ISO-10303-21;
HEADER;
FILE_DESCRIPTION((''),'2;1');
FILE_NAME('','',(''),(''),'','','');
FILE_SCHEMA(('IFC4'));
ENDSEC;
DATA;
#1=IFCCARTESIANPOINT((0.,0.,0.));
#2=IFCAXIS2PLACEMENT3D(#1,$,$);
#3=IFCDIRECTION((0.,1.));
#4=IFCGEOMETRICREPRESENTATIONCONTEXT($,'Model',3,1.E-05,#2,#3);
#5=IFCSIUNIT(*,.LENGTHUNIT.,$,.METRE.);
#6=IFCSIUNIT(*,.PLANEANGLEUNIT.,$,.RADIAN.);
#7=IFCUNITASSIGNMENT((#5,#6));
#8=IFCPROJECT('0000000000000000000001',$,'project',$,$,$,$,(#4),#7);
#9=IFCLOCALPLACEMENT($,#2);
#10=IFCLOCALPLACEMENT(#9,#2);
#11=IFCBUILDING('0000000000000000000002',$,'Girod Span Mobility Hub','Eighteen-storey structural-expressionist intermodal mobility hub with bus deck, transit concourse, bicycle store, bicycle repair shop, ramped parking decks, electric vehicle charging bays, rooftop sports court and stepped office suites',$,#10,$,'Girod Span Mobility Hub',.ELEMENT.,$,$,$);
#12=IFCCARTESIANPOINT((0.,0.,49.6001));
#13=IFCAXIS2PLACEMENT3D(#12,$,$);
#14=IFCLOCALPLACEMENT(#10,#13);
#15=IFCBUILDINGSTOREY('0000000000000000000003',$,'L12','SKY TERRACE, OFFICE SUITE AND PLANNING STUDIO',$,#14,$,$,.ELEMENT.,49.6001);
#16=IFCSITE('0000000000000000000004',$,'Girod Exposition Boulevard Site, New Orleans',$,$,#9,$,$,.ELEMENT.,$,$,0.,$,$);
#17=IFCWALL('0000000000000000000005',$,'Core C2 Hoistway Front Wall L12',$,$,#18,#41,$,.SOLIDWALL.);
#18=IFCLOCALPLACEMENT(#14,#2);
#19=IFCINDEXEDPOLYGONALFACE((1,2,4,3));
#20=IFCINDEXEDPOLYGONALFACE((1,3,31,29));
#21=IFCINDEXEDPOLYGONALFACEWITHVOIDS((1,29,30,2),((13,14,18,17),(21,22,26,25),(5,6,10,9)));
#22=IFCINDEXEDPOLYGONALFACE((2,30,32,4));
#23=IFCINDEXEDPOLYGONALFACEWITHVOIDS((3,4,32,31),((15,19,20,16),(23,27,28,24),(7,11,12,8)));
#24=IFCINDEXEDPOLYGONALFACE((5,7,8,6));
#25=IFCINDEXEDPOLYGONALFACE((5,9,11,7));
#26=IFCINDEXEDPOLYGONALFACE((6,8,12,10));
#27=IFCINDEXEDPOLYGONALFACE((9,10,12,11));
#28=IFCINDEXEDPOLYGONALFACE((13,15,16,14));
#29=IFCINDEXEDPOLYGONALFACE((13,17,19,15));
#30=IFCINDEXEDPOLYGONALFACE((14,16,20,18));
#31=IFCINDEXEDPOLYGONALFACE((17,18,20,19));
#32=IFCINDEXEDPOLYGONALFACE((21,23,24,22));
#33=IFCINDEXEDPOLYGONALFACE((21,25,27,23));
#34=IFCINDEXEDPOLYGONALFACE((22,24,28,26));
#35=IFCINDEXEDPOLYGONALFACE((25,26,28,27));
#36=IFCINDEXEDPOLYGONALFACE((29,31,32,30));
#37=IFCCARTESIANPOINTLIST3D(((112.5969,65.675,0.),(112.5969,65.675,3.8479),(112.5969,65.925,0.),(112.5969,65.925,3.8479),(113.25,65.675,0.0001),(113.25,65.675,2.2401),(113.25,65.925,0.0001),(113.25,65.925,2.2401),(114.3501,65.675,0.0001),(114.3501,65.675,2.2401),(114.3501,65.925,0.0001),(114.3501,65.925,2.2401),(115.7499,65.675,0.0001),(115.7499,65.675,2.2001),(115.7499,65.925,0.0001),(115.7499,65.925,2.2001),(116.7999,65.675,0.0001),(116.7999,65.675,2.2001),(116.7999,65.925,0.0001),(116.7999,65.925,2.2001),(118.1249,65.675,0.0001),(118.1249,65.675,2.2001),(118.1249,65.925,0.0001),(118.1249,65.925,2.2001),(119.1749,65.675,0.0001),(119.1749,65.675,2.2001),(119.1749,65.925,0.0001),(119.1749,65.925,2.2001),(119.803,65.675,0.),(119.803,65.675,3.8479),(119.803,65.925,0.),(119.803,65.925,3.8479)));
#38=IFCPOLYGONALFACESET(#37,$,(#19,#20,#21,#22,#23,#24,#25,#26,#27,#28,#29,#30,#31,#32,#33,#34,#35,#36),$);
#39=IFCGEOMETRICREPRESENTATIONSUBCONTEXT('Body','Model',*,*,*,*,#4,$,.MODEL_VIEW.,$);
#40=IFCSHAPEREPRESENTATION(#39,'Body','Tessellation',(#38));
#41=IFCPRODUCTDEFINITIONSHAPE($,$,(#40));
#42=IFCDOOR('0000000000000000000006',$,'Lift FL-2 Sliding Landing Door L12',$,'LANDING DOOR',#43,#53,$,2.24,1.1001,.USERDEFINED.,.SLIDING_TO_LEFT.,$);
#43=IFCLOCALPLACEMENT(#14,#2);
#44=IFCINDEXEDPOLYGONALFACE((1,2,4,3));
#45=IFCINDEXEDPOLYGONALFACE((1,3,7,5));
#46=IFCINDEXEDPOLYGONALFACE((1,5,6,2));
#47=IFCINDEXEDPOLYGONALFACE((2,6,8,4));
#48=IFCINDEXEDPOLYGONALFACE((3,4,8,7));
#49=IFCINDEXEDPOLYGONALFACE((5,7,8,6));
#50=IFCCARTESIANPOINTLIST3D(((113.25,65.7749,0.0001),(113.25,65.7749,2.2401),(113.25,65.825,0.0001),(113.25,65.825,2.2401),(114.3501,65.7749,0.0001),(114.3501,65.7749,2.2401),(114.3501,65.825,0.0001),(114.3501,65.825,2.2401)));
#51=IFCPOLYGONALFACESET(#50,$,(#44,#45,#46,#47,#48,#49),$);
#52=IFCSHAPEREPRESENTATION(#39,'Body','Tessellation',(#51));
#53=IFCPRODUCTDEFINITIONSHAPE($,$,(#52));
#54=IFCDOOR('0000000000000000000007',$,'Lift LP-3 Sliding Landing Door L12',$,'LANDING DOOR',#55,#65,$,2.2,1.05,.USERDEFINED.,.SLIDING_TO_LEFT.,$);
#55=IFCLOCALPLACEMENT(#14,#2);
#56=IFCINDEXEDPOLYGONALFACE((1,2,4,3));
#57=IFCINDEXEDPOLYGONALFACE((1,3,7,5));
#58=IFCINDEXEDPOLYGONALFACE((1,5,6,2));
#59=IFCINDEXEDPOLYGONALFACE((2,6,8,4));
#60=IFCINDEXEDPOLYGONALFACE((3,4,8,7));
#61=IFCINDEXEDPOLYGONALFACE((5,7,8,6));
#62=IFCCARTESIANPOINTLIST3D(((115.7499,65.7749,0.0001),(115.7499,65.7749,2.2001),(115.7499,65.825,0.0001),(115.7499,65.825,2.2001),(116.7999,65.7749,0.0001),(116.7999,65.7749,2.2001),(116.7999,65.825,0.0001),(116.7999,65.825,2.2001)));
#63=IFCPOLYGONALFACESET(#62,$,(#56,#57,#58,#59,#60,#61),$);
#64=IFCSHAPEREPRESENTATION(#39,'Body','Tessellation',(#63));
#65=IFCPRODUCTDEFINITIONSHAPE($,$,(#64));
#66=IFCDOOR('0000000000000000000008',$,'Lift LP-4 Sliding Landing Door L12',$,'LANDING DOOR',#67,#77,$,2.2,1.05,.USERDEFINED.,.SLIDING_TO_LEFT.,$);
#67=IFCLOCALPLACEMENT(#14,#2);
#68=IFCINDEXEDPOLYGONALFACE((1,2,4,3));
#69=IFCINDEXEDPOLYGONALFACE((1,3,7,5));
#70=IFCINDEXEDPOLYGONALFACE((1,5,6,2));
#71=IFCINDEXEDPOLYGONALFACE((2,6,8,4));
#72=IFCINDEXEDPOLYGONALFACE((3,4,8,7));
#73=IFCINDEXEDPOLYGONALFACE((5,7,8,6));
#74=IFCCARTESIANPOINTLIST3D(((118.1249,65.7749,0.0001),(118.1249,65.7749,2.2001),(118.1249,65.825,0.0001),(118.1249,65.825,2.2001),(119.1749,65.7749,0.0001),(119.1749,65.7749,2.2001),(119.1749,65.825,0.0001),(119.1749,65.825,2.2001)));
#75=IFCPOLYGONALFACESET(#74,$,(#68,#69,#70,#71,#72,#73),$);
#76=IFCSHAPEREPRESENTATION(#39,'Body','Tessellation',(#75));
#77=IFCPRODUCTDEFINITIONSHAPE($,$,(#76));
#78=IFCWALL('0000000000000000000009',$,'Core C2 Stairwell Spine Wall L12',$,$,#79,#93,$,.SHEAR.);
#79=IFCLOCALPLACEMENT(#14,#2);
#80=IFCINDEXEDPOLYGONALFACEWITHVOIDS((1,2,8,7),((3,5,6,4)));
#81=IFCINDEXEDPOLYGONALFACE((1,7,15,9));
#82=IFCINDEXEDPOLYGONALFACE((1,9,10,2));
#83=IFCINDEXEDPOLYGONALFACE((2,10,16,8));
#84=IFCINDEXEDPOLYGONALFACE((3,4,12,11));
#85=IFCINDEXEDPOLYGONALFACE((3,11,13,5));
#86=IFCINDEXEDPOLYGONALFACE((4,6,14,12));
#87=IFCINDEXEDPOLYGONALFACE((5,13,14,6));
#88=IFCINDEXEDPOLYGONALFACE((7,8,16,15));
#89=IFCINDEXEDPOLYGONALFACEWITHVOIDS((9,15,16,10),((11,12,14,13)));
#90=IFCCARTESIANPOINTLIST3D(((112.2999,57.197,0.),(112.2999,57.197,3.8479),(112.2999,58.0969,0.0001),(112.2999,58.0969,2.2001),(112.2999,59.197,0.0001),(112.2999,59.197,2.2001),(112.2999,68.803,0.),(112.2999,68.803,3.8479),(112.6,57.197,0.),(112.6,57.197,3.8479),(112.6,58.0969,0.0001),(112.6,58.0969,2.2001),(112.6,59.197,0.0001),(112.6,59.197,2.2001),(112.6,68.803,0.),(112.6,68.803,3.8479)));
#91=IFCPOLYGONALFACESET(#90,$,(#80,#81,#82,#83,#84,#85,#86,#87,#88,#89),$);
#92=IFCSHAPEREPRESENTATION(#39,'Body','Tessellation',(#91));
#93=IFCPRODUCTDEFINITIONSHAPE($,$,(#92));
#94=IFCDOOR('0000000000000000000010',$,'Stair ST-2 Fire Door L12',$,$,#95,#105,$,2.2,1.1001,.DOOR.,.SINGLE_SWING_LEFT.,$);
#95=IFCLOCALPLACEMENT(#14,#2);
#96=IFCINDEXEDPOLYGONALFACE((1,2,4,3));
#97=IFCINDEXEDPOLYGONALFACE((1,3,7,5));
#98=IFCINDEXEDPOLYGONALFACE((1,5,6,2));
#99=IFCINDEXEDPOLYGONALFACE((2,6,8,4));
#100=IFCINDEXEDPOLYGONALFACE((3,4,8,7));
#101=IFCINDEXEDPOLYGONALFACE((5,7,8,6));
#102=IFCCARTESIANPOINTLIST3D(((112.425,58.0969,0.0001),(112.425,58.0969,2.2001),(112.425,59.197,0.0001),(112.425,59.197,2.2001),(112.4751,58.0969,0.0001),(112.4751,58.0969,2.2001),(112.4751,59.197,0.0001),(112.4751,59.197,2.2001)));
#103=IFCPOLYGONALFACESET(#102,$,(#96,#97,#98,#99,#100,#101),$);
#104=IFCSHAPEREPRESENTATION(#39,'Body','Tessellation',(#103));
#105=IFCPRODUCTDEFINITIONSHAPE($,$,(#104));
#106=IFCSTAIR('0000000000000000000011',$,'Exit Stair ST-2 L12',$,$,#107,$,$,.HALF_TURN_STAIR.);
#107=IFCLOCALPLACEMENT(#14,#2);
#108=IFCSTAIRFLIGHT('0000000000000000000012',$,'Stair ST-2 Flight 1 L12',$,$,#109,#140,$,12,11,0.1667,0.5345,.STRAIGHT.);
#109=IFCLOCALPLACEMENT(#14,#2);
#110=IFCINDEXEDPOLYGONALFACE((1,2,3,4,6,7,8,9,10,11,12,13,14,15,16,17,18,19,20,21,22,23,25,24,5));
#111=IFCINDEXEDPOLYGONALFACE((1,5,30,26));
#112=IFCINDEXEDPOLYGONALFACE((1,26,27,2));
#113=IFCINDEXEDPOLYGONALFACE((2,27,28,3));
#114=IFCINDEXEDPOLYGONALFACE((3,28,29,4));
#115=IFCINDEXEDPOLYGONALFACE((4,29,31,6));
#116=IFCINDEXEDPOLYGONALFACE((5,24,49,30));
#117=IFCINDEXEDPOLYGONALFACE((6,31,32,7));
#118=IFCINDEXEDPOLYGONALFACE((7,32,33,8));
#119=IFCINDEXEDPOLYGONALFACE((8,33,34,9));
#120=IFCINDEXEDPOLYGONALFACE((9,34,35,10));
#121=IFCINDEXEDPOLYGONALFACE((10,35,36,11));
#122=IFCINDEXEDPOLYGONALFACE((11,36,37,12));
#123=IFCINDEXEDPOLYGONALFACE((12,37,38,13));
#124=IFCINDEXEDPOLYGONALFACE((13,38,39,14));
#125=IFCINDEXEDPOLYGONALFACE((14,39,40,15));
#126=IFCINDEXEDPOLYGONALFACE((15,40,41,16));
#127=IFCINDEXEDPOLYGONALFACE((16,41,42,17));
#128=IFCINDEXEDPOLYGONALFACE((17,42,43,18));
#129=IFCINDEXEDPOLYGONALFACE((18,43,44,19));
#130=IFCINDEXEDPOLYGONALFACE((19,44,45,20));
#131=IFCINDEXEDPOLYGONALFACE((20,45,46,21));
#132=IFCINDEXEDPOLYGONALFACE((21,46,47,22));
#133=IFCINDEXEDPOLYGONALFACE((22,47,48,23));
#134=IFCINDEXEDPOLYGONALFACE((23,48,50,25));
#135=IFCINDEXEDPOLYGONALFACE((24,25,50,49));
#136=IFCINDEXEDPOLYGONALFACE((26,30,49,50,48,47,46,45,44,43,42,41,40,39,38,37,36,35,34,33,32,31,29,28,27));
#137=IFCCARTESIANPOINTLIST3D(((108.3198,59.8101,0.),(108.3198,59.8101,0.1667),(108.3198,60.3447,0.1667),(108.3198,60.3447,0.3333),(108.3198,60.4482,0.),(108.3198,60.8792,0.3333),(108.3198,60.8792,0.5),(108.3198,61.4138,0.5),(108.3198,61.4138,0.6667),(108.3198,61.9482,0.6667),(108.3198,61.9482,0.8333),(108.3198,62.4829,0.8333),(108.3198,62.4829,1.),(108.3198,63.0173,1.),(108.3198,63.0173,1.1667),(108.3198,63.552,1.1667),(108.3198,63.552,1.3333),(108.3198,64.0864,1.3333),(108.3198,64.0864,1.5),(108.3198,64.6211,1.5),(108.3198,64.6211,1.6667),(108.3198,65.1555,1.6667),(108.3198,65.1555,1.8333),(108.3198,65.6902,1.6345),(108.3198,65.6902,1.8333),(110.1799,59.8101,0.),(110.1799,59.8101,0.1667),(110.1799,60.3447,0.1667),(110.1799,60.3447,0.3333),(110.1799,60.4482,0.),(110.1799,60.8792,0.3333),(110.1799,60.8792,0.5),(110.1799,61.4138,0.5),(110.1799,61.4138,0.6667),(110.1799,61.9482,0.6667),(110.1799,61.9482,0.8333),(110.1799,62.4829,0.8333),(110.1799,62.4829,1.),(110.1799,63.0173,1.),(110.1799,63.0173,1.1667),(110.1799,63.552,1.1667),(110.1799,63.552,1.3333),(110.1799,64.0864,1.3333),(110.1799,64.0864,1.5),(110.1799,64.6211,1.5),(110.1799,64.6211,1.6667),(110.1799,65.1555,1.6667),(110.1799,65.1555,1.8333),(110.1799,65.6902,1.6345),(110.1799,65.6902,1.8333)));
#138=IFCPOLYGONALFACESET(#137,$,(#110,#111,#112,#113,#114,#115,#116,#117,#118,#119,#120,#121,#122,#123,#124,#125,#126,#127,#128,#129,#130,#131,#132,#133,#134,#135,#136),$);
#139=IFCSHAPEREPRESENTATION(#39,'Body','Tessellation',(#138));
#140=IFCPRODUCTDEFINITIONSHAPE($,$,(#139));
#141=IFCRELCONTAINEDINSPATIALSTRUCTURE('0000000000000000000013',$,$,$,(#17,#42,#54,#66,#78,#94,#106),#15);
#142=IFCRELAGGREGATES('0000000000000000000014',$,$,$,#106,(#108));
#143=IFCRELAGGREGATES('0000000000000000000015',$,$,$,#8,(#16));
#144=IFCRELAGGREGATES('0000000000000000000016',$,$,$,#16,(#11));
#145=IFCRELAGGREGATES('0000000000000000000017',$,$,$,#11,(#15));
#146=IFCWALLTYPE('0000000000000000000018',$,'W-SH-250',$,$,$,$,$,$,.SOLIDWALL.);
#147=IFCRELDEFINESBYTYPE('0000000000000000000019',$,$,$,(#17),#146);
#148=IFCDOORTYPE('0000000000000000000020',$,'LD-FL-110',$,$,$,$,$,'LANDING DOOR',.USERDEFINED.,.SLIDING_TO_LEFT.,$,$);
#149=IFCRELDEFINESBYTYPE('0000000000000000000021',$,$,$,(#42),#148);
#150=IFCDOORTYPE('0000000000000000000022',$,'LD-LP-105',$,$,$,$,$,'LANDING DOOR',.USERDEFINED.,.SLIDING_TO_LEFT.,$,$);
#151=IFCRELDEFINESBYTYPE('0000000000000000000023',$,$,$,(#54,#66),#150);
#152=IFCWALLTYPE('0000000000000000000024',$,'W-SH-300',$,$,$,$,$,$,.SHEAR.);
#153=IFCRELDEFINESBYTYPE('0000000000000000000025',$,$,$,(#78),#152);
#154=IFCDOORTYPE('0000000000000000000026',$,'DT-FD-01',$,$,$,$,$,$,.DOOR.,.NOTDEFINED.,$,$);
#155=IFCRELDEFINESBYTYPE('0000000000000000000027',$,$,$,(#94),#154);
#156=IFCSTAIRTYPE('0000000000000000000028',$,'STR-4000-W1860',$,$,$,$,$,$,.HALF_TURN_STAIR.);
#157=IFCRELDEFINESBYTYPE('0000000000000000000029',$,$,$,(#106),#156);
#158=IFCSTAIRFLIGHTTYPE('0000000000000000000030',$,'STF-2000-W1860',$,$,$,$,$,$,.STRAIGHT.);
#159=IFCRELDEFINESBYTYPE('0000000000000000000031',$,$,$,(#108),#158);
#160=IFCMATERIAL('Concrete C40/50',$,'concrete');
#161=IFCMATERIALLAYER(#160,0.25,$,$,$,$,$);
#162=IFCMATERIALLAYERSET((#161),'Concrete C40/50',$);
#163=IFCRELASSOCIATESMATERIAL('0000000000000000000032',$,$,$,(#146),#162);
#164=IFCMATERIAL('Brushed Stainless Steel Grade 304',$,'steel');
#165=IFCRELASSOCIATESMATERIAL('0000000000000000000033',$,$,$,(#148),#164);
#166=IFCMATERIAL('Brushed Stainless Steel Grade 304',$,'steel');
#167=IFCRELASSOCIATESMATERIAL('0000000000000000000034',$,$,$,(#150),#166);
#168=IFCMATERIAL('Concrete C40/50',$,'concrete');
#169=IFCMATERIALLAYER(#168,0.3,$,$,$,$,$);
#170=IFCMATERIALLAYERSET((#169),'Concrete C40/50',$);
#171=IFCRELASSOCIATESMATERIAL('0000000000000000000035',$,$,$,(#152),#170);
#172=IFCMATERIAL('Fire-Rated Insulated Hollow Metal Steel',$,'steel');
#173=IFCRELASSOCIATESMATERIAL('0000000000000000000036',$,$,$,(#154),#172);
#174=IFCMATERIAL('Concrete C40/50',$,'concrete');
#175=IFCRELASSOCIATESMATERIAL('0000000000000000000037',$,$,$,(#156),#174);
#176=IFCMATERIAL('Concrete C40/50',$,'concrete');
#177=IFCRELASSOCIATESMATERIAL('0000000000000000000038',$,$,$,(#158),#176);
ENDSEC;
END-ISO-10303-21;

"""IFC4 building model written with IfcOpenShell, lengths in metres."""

from ifc_helpers import new_model, si_unit, direction, frame, frame_2d, origin, place, context, subcontext, project, spatial, polyline, rectangle, outline, extrude, material, layer, layer_set, type_object, element, fill, aggregate, save


model = new_model("IFC4")

# Units and contexts
model_context = context("Model", 3, precision=1e-05, world=origin(), true_north=direction((0.0, 1.0)))
body_context = subcontext(model_context, "Body", "Model", "MODEL_VIEW")
ifc_project = project(units=[si_unit("LENGTHUNIT", "METRE"), si_unit("PLANEANGLEUNIT", "RADIAN")], contexts=[model_context])

# Site, building, storey
site_placement = place(None, origin())
site = spatial("IfcSite", under=ifc_project, at=site_placement, Name="Girod Exposition Boulevard Site, New Orleans", CompositionType="ELEMENT", RefElevation=0.0)
building_placement = place(site_placement, origin())
building = spatial("IfcBuilding", under=site, at=building_placement, Name="Girod Span Mobility Hub", Description="Eighteen-storey structural-expressionist intermodal mobility hub with bus deck, transit concourse, bicycle store, bicycle repair shop, ramped parking decks, electric vehicle charging bays, rooftop sports court and stepped office suites", LongName="Girod Span Mobility Hub", CompositionType="ELEMENT")
storey_placement = place(building_placement, frame((0.0, 0.0, 49.6001)))
storey = spatial("IfcBuildingStorey", under=building, at=storey_placement, Name="L12", Description="SKY TERRACE, OFFICE SUITE AND PLANNING STUDIO", CompositionType="ELEMENT", Elevation=49.6001)

# Wall, openings, doors
ifc_material_1 = material(Name="Concrete C40/50", Category="concrete")
ifc_layer_1 = layer(ifc_material_1, 0.25)
ifc_layer_set_1 = layer_set([ifc_layer_1], Name="Concrete C40/50")
wall_type_1 = type_object("IfcWallType", Name="W-SH-250", PredefinedType="SOLIDWALL", material=ifc_layer_set_1)
wall_1_placement = place(storey_placement, frame((112.5969, 65.8, 0.0), z_axis=(0.0, 0.0, 1.0), x_axis=(1.0, 0.0, 0.0)))
wall_1 = element("IfcWall", 1, at=wall_1_placement, inside=storey, type_object=wall_type_1, Name="Core C2 Hoistway Front Wall L12", PredefinedType="SOLIDWALL", context=body_context, shape_type="SweptSolid", body=[
    extrude(rectangle(XDim=7.2061, YDim=0.25, at=frame_2d((3.603, 0.0))), origin(), (0.0, 0.0, 1.0), 3.8479),
])
opening_1_placement = place(wall_1_placement, frame((0.6531, 0.0, 0.0)))
opening_1 = element("IfcOpeningElement", 2, at=opening_1_placement, cuts=wall_1, PredefinedType="OPENING", context=body_context, shape_type="SweptSolid", body=[
    extrude(rectangle(XDim=1.1001, YDim=2.24, at=frame_2d((0.55, 1.1201))), frame((0.0, 0.1399, 0.0), z_axis=(0.0, -1.0, 0.0), x_axis=(1.0, 0.0, 0.0)), (0.0, 0.0, 1.0), 0.28),
])
opening_2_placement = place(wall_1_placement, frame((3.1531, 0.0, 0.0)))
opening_2 = element("IfcOpeningElement", 3, at=opening_2_placement, cuts=wall_1, PredefinedType="OPENING", context=body_context, shape_type="SweptSolid", body=[
    extrude(rectangle(XDim=1.05, YDim=2.2, at=frame_2d((0.5249, 1.1001))), frame((0.0, 0.1399, 0.0), z_axis=(0.0, -1.0, 0.0), x_axis=(1.0, 0.0, 0.0)), (0.0, 0.0, 1.0), 0.28),
])
opening_3_placement = place(wall_1_placement, frame((5.5281, 0.0, 0.0)))
opening_3 = element("IfcOpeningElement", 4, at=opening_3_placement, cuts=wall_1, PredefinedType="OPENING", context=body_context, shape_type="SweptSolid", body=[
    extrude(rectangle(XDim=1.05, YDim=2.2, at=frame_2d((0.5249, 1.1001))), frame((0.0, 0.1399, 0.0), z_axis=(0.0, -1.0, 0.0), x_axis=(1.0, 0.0, 0.0)), (0.0, 0.0, 1.0), 0.28),
])
ifc_material_2 = material(Name="Brushed Stainless Steel Grade 304", Category="steel")
door_type_1 = type_object("IfcDoorType", Name="LD-FL-110", ElementType="LANDING DOOR", OperationType="SLIDING_TO_LEFT", PredefinedType="USERDEFINED", material=ifc_material_2)
door_1_placement = place(opening_1_placement, origin())
door_1 = element("IfcDoor", 5, at=door_1_placement, inside=storey, type_object=door_type_1, Name="Lift FL-2 Sliding Landing Door L12", ObjectType="LANDING DOOR", OperationType="SLIDING_TO_LEFT", OverallHeight=2.24, OverallWidth=1.1001, PredefinedType="USERDEFINED", context=body_context, shape_type="SweptSolid", body=[
    extrude(rectangle(XDim=1.1001, YDim=2.24, at=frame_2d((0.55, 1.1201))), frame((0.0, 0.0249, 0.0), z_axis=(0.0, -1.0, 0.0), x_axis=(1.0, 0.0, 0.0)), (0.0, 0.0, 1.0), 0.05),
])
fill(opening_1, door_1)
ifc_material_3 = material(Name="Brushed Stainless Steel Grade 304", Category="steel")
door_type_2 = type_object("IfcDoorType", Name="LD-LP-105", ElementType="LANDING DOOR", OperationType="SLIDING_TO_LEFT", PredefinedType="USERDEFINED", material=ifc_material_3)
door_2_placement = place(opening_2_placement, origin())
door_2 = element("IfcDoor", 6, at=door_2_placement, inside=storey, type_object=door_type_2, Name="Lift LP-3 Sliding Landing Door L12", ObjectType="LANDING DOOR", OperationType="SLIDING_TO_LEFT", OverallHeight=2.2, OverallWidth=1.05, PredefinedType="USERDEFINED", context=body_context, shape_type="SweptSolid", body=[
    extrude(rectangle(XDim=1.05, YDim=2.2, at=frame_2d((0.5249, 1.1001))), frame((0.0, 0.0249, 0.0), z_axis=(0.0, -1.0, 0.0), x_axis=(1.0, 0.0, 0.0)), (0.0, 0.0, 1.0), 0.05),
])
fill(opening_2, door_2)
door_3_placement = place(opening_3_placement, origin())
door_3 = element("IfcDoor", 7, at=door_3_placement, inside=storey, type_object=door_type_2, Name="Lift LP-4 Sliding Landing Door L12", ObjectType="LANDING DOOR", OperationType="SLIDING_TO_LEFT", OverallHeight=2.2, OverallWidth=1.05, PredefinedType="USERDEFINED", context=body_context, shape_type="SweptSolid", body=[
    extrude(rectangle(XDim=1.05, YDim=2.2, at=frame_2d((0.5249, 1.1001))), frame((0.0, 0.0249, 0.0), z_axis=(0.0, -1.0, 0.0), x_axis=(1.0, 0.0, 0.0)), (0.0, 0.0, 1.0), 0.05),
])
fill(opening_3, door_3)

# Wall, opening, door
ifc_material_4 = material(Name="Concrete C40/50", Category="concrete")
ifc_layer_2 = layer(ifc_material_4, 0.3)
ifc_layer_set_2 = layer_set([ifc_layer_2], Name="Concrete C40/50")
wall_type_2 = type_object("IfcWallType", Name="W-SH-300", PredefinedType="SHEAR", material=ifc_layer_set_2)
wall_2_placement = place(storey_placement, frame((112.45, 57.197, 0.0), z_axis=(0.0, 0.0, 1.0), x_axis=(0.0, 1.0, 0.0)))
wall_2 = element("IfcWall", 8, at=wall_2_placement, inside=storey, type_object=wall_type_2, Name="Core C2 Stairwell Spine Wall L12", PredefinedType="SHEAR", context=body_context, shape_type="SweptSolid", body=[
    extrude(rectangle(XDim=11.606, YDim=0.3, at=frame_2d((5.803, 0.0))), origin(), (0.0, 0.0, 1.0), 3.8479),
])
opening_4_placement = place(wall_2_placement, frame((0.8999, 0.0, 0.0)))
opening_4 = element("IfcOpeningElement", 9, at=opening_4_placement, cuts=wall_2, PredefinedType="OPENING", context=body_context, shape_type="SweptSolid", body=[
    extrude(rectangle(XDim=1.1001, YDim=2.2, at=frame_2d((0.55, 1.1001))), frame((0.0, 0.165, 0.0), z_axis=(0.0, -1.0, 0.0), x_axis=(1.0, 0.0, 0.0)), (0.0, 0.0, 1.0), 0.3301),
])
ifc_material_5 = material(Name="Fire-Rated Insulated Hollow Metal Steel", Category="steel")
door_type_3 = type_object("IfcDoorType", Name="DT-FD-01", OperationType="NOTDEFINED", PredefinedType="DOOR", material=ifc_material_5)
door_4_placement = place(opening_4_placement, origin())
door_4 = element("IfcDoor", 10, at=door_4_placement, inside=storey, type_object=door_type_3, Name="Stair ST-2 Fire Door L12", OperationType="SINGLE_SWING_LEFT", OverallHeight=2.2, OverallWidth=1.1001, PredefinedType="DOOR", context=body_context, shape_type="SweptSolid", body=[
    extrude(rectangle(XDim=1.1001, YDim=2.2, at=frame_2d((0.55, 1.1001))), frame((0.0, 0.0249, 0.0), z_axis=(0.0, -1.0, 0.0), x_axis=(1.0, 0.0, 0.0)), (0.0, 0.0, 1.0), 0.05),
])
fill(opening_4, door_4)

# Stair, stair flight
ifc_material_6 = material(Name="Concrete C40/50", Category="concrete")
stair_type = type_object("IfcStairType", Name="STR-4000-W1860", PredefinedType="HALF_TURN_STAIR", material=ifc_material_6)
stair_placement = place(storey_placement, origin())
stair = element("IfcStair", 11, at=stair_placement, inside=storey, type_object=stair_type, Name="Exit Stair ST-2 L12", PredefinedType="HALF_TURN_STAIR")
ifc_material_7 = material(Name="Concrete C40/50", Category="concrete")
stair_flight_type = type_object("IfcStairFlightType", Name="STF-2000-W1860", PredefinedType="STRAIGHT", material=ifc_material_7)
stair_flight_1_placement = place(storey_placement, frame((109.25, 59.8101, 0.0), z_axis=(0.0, 0.0, 1.0), x_axis=(0.0, 1.0, 0.0)))
stair_flight_1 = element("IfcStairFlight", 12, at=stair_flight_1_placement, type_object=stair_flight_type, Name="Stair ST-2 Flight 1 L12", NumberOfRisers=12, NumberOfTreads=11, PredefinedType="STRAIGHT", RiserHeight=0.1667, TreadLength=0.5345, context=body_context, shape_type="SweptSolid", body=[
    extrude(outline(polyline([(0.0, 0.0), (0.0, 0.1667), (0.5347, 0.1667), (0.5347, 0.3333), (1.0691, 0.3333), (1.0691, 0.5), (1.6038, 0.5), (1.6038, 0.6667), (2.1382, 0.6667), (2.1382, 0.8333), (2.6729, 0.8333), (2.6729, 1.0), (3.2073, 1.0), (3.2073, 1.1667), (3.7419, 1.1667), (3.7419, 1.3333), (4.2764, 1.3333), (4.2764, 1.5), (4.811, 1.5), (4.811, 1.6667), (5.3455, 1.6667), (5.3455, 1.8333), (5.8801, 1.8333), (5.8801, 2.0), (5.8801, 1.6345), (0.6382, 0.0), (0.0, 0.0)])), frame((0.0, 0.9302, 0.0), z_axis=(0.0, -1.0, 0.0), x_axis=(1.0, 0.0, 0.0)), (0.0, 0.0, 1.0), 1.8601),
])
aggregate(stair, [stair_flight_1])

save(model, "model.ifc")
